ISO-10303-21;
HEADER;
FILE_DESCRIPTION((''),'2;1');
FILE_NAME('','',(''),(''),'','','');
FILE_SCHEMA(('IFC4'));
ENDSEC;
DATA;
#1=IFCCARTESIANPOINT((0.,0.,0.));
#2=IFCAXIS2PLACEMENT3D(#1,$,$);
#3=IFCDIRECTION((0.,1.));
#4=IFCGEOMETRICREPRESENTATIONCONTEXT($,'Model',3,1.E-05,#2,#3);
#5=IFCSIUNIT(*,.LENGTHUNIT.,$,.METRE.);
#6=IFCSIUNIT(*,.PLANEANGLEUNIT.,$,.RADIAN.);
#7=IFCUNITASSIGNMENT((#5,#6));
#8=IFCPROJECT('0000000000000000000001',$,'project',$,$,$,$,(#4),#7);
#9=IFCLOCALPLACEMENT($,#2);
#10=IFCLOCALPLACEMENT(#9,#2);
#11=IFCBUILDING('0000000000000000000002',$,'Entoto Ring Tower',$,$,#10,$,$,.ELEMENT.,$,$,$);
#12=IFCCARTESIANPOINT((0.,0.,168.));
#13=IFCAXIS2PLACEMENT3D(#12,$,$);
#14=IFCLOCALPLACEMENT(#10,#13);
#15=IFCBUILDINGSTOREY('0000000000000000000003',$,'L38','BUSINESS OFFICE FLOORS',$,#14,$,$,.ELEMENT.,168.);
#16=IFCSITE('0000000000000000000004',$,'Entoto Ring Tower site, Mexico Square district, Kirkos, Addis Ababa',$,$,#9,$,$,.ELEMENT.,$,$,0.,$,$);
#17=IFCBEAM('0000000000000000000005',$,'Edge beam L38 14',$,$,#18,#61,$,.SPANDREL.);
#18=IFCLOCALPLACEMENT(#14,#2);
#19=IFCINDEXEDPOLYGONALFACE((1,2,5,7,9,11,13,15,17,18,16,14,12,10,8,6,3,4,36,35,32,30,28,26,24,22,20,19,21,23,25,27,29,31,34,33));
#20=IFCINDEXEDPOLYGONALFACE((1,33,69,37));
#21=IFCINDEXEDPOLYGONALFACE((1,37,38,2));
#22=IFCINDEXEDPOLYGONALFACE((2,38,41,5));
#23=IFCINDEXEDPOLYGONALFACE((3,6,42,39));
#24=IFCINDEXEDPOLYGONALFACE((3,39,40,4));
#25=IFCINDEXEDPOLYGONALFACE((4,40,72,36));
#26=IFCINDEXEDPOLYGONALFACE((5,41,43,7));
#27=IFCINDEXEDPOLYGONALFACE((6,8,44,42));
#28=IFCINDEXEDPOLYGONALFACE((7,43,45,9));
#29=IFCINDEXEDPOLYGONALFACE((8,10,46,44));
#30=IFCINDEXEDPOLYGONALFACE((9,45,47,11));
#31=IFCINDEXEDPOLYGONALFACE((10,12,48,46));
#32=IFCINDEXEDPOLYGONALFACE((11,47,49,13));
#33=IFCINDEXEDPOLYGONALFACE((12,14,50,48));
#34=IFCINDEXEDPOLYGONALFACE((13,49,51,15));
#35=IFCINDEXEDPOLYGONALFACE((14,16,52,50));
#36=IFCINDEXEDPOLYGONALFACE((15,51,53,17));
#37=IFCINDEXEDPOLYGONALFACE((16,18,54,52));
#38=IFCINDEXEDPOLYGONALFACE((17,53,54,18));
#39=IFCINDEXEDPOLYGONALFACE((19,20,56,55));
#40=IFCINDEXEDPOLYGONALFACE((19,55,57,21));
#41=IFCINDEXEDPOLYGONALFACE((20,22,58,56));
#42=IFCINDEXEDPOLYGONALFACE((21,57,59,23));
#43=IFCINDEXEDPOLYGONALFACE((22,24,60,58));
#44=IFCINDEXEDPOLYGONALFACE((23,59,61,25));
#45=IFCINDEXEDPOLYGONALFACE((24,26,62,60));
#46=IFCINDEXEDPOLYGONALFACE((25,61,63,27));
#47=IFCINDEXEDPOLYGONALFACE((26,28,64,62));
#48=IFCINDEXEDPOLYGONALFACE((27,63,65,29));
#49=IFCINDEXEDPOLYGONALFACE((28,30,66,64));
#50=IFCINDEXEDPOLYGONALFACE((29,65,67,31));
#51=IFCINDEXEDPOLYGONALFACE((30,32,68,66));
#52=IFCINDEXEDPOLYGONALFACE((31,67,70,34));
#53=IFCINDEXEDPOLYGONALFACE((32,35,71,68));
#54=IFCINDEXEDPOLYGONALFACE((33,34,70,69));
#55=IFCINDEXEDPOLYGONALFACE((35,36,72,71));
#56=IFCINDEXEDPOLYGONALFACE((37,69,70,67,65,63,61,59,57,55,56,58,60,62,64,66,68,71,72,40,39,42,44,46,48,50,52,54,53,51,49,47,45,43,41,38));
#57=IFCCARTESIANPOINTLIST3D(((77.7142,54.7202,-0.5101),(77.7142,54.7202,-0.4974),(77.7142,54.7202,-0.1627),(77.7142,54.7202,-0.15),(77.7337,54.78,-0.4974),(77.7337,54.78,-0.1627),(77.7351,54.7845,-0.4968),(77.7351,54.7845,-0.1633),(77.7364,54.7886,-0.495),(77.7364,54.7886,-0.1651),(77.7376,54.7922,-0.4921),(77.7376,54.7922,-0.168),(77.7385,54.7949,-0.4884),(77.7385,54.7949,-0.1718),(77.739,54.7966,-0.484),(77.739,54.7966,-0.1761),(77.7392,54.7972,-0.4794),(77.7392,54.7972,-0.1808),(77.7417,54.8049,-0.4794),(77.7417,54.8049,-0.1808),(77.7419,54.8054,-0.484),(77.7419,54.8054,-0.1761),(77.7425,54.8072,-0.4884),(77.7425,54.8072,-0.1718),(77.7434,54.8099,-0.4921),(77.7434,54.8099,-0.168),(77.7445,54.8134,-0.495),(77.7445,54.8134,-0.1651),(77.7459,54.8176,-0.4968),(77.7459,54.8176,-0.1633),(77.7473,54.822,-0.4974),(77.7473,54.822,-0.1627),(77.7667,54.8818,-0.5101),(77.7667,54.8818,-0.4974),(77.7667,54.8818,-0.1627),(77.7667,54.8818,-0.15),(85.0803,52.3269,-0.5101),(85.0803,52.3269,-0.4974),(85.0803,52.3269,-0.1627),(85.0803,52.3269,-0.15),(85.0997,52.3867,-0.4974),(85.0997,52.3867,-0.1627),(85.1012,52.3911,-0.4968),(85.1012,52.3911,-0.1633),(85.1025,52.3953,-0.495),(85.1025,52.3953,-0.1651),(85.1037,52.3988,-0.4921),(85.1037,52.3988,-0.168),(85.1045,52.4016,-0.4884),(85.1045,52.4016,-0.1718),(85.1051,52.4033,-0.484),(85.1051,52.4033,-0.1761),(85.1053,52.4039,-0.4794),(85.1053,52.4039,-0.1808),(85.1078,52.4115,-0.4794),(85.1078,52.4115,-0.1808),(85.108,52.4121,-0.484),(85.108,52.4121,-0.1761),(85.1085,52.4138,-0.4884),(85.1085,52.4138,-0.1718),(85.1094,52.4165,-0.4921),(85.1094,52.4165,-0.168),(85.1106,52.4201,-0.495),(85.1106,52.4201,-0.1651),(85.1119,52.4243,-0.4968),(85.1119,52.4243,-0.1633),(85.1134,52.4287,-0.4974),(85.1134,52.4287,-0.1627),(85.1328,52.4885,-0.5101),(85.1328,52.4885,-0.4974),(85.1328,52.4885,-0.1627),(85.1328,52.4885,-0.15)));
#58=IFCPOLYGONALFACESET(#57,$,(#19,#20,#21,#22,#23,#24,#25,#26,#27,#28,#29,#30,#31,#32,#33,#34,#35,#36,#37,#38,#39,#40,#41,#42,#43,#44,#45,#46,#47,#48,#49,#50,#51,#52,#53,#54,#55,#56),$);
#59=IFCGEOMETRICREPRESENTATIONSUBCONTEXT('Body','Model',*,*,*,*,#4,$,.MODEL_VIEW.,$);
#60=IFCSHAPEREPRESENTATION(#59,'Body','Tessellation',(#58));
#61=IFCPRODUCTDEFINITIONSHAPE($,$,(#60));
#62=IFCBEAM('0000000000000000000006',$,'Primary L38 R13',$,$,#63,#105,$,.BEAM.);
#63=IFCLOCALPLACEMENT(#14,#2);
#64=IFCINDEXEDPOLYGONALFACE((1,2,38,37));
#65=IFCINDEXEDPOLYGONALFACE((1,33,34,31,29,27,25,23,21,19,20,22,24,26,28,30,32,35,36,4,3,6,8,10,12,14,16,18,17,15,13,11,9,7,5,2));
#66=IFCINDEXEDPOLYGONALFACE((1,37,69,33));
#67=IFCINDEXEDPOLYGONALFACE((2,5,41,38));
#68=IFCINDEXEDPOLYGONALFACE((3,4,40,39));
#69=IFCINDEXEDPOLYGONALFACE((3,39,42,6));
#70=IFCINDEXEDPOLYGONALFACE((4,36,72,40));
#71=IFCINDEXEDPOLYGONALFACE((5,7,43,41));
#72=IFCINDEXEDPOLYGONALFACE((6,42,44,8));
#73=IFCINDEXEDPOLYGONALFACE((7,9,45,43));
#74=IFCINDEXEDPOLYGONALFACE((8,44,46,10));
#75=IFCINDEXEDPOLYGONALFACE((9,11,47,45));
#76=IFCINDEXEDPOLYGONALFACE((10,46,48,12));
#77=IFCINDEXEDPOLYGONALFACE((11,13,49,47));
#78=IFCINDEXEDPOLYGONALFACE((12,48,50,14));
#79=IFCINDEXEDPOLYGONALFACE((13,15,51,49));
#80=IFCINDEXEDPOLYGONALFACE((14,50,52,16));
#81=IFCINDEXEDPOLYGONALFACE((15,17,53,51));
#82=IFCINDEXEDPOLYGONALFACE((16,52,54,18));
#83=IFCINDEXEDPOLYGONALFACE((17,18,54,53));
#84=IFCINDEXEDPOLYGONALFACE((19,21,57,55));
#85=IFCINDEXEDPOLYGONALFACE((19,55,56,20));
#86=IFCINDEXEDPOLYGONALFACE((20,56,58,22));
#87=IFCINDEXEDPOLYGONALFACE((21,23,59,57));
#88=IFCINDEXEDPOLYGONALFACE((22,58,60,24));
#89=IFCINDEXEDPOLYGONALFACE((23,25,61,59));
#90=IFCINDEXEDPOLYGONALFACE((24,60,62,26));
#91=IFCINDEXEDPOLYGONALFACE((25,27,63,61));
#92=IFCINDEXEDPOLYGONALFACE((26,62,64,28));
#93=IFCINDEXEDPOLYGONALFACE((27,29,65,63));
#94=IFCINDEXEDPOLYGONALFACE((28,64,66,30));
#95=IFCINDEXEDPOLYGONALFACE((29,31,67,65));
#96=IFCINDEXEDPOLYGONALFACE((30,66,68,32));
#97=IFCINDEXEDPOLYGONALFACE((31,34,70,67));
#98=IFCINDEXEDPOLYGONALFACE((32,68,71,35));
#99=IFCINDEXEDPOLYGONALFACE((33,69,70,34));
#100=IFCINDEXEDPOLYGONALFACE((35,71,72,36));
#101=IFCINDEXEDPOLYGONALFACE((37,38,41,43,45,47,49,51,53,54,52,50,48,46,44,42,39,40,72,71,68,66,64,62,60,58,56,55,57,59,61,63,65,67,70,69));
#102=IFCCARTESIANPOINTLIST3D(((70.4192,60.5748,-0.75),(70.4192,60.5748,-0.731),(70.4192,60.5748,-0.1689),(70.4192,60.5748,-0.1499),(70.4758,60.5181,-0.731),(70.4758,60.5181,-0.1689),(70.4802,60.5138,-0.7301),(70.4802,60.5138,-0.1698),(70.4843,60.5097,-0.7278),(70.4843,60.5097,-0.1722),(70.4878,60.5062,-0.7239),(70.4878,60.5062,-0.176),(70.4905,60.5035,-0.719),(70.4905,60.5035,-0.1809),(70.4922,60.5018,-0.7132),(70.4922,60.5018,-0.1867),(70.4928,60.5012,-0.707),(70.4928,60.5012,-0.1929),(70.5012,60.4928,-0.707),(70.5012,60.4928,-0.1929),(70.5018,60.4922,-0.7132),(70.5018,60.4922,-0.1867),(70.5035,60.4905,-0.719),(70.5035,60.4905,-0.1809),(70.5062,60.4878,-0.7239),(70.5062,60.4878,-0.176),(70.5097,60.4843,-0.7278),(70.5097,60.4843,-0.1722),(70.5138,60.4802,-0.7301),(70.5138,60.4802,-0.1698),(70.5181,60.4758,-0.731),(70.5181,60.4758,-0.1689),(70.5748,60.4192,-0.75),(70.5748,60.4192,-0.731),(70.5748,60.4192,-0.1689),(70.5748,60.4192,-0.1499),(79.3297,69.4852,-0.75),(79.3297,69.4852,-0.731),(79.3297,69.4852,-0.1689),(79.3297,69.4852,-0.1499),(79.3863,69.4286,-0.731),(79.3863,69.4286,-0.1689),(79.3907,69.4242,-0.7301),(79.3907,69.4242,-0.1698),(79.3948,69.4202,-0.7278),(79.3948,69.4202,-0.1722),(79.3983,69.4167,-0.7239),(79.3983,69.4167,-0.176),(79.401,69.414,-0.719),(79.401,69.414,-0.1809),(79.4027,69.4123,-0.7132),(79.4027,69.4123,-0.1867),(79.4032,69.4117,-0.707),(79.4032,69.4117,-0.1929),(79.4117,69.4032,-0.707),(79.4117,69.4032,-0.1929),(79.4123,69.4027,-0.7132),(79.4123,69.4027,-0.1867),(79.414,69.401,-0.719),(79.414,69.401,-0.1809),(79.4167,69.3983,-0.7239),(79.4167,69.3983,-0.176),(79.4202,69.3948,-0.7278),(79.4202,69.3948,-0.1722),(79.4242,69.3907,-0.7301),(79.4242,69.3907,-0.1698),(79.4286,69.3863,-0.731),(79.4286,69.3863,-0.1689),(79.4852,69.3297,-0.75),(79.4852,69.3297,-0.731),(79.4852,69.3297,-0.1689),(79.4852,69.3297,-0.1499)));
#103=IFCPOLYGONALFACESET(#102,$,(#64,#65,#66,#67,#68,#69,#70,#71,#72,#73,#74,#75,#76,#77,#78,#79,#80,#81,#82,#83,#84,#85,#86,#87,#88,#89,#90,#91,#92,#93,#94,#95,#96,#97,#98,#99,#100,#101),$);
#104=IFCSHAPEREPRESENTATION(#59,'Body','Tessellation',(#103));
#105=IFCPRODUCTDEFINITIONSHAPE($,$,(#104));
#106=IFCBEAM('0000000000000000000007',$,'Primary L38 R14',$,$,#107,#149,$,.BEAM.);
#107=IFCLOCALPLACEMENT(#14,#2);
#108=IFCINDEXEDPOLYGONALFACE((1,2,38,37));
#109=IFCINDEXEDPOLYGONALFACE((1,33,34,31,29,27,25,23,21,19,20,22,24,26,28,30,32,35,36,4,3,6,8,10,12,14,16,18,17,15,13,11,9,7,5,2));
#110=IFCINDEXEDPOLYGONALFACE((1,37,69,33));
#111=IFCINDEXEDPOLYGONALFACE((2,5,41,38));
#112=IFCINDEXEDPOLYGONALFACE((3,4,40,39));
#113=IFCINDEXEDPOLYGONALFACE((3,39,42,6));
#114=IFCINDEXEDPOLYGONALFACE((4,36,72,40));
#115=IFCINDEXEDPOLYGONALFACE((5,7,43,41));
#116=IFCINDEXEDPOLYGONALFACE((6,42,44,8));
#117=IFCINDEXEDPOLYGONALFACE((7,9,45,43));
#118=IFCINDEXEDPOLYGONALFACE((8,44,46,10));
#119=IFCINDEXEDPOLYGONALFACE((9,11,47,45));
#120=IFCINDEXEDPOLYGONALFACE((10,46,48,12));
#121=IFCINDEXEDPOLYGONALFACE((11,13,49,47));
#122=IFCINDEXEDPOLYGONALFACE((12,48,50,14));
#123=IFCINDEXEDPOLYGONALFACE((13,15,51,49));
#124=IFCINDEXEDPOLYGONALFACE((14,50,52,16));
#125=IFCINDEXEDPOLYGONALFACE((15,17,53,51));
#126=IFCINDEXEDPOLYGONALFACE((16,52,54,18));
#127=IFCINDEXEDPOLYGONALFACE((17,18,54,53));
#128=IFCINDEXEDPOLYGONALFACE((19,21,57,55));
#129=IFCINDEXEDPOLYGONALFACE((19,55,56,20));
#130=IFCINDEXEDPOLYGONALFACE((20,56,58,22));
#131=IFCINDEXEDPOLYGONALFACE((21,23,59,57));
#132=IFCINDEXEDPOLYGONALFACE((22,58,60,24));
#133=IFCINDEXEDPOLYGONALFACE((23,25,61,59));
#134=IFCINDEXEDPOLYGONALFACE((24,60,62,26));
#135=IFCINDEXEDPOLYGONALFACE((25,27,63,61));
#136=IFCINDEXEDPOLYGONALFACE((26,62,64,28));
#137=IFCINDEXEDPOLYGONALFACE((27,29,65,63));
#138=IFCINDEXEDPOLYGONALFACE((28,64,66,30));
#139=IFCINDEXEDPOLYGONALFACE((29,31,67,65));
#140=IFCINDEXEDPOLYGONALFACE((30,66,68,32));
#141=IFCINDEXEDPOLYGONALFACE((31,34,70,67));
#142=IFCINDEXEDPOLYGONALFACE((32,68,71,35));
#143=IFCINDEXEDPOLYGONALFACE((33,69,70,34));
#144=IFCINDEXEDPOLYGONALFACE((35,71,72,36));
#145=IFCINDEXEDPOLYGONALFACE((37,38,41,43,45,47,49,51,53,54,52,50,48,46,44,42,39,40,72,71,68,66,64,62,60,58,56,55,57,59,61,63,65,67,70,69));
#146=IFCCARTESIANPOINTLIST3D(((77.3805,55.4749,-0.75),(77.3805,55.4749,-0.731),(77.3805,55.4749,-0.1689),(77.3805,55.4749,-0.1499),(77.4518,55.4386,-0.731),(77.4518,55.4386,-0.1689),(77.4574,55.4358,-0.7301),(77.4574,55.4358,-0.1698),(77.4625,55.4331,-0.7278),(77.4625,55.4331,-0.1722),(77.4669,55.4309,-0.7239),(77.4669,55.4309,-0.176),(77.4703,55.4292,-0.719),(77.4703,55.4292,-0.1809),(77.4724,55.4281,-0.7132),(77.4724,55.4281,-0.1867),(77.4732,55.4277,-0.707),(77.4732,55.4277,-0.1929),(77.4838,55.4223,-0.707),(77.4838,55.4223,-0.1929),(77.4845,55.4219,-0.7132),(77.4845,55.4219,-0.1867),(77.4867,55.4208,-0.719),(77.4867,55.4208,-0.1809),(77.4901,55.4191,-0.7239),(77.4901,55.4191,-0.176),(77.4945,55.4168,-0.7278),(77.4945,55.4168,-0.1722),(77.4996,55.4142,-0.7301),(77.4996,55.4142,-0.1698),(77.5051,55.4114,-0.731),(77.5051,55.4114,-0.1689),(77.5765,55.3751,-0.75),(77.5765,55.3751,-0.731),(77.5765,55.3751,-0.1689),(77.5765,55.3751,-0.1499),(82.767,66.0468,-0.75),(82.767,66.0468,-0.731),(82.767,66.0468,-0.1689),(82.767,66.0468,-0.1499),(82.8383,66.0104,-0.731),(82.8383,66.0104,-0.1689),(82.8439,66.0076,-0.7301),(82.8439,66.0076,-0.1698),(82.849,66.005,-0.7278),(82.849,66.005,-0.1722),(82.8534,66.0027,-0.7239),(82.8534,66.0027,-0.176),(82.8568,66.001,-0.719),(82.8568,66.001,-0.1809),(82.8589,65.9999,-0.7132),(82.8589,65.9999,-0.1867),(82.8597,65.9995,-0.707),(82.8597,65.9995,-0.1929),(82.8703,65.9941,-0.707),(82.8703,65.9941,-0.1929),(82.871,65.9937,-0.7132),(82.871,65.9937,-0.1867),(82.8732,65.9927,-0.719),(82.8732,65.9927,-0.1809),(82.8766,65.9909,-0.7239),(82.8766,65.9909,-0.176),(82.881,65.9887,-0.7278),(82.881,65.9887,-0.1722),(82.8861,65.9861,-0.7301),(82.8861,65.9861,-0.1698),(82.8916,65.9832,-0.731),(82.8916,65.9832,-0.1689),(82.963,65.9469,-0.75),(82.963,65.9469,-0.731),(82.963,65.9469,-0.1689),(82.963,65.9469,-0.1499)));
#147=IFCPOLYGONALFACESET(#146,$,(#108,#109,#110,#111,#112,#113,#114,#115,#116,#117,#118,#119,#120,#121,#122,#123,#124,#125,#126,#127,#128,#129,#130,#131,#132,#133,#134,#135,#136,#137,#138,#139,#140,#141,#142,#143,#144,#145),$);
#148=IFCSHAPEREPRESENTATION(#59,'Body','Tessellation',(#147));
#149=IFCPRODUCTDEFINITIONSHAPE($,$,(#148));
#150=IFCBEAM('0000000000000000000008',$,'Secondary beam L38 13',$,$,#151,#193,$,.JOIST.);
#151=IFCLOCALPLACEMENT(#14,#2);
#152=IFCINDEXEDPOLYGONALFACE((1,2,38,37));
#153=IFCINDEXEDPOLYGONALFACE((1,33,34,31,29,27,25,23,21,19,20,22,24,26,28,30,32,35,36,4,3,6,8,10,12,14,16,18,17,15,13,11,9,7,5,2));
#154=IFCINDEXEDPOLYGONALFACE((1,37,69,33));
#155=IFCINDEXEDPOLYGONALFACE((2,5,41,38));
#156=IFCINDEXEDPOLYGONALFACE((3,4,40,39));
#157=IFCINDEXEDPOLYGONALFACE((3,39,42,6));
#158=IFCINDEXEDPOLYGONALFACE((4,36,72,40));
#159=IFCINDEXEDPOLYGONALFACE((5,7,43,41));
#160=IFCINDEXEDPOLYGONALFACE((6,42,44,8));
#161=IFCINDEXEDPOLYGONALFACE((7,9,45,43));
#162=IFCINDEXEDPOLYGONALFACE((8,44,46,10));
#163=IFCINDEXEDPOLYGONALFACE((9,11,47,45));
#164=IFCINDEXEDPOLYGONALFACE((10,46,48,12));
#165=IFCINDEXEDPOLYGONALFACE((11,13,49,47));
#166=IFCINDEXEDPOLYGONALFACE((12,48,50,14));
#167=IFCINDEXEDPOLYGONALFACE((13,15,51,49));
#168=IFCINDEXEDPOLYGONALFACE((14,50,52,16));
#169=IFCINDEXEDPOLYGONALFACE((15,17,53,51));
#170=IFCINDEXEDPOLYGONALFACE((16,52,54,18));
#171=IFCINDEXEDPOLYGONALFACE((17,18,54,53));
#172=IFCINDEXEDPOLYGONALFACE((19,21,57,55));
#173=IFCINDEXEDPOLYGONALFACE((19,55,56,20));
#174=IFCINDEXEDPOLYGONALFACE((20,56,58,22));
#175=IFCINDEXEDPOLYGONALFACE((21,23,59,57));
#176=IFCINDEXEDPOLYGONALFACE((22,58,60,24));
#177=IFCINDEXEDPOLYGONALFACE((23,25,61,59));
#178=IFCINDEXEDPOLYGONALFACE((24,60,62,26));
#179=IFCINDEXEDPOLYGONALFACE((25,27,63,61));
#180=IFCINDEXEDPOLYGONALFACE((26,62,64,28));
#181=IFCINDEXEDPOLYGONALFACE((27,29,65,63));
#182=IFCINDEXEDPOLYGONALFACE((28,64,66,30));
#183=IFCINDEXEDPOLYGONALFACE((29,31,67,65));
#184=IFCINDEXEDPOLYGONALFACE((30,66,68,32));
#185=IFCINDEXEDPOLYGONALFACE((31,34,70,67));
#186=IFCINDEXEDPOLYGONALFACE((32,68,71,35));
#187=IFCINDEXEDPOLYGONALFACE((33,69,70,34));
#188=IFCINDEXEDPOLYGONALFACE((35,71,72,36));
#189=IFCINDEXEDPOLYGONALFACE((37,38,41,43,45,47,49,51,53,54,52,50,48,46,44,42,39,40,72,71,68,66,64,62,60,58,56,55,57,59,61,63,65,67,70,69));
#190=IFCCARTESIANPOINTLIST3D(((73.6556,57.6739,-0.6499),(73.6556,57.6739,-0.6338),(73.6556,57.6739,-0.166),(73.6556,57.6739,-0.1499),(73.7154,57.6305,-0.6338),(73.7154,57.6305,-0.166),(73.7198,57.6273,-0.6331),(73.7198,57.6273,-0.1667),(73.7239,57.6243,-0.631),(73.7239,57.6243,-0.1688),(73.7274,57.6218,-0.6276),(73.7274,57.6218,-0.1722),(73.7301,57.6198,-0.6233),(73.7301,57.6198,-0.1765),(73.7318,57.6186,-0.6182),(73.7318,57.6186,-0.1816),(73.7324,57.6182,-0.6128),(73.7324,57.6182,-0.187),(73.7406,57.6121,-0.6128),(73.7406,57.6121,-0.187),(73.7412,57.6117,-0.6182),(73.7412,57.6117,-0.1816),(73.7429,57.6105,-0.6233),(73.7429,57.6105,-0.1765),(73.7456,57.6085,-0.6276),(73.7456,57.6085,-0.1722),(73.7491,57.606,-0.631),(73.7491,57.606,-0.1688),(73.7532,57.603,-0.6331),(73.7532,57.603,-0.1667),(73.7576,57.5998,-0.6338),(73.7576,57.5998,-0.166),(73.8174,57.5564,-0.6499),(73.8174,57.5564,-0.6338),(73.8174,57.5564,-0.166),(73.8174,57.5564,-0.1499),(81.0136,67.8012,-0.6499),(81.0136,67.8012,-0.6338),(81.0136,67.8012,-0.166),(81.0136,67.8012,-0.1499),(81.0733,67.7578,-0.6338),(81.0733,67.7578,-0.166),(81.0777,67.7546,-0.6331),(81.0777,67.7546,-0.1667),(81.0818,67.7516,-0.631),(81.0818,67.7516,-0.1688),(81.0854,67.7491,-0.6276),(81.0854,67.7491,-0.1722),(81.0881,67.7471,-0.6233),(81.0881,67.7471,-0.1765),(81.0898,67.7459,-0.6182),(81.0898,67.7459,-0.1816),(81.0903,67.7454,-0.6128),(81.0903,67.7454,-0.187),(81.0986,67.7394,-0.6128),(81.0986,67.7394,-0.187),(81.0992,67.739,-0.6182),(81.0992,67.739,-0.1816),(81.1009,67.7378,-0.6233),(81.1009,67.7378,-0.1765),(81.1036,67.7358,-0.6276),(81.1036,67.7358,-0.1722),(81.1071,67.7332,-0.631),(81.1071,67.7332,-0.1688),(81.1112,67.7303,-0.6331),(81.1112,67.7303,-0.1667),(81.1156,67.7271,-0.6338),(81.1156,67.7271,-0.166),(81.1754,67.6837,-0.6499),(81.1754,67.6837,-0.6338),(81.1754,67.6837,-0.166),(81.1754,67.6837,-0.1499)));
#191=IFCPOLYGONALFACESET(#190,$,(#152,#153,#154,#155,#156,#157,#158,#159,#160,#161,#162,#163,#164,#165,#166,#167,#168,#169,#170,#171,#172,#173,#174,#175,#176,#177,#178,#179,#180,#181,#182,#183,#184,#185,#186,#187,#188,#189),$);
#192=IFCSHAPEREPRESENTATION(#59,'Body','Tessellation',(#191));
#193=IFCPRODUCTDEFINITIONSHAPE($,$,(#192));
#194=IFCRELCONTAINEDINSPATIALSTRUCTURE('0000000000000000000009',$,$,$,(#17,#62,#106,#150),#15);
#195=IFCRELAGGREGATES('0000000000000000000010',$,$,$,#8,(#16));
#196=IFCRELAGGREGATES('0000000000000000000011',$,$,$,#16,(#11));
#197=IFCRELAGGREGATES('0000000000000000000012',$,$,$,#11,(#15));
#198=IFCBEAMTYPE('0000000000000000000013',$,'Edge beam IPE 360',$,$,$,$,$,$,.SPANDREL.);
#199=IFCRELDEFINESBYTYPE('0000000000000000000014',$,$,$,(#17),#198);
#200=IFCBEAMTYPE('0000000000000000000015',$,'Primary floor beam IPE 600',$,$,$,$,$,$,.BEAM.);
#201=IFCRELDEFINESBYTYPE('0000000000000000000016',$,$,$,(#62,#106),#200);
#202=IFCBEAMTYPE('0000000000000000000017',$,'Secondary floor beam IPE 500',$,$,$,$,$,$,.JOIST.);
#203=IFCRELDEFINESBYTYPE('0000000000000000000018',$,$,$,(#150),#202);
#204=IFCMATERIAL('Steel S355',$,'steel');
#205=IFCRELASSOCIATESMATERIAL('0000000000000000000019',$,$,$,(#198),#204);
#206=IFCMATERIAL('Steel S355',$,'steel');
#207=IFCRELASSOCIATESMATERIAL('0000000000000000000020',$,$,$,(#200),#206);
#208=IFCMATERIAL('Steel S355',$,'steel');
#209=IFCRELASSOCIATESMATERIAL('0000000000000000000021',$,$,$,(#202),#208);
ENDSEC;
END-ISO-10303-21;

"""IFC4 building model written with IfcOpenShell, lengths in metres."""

from ifc_helpers import new_model, si_unit, direction, frame, origin, origin_2d, place, context, subcontext, project, spatial, i_section, extrude, material, material_profile, profile_set, type_object, element, save


model = new_model("IFC4")

# Units and contexts
model_context = context("Model", 3, precision=1e-05, world=origin(), true_north=direction((0.0, 1.0)))
body_context = subcontext(model_context, "Body", "Model", "MODEL_VIEW")
ifc_project = project(units=[si_unit("LENGTHUNIT", "METRE"), si_unit("PLANEANGLEUNIT", "RADIAN")], contexts=[model_context])

# Site, building, storey
site_placement = place(None, origin())
site = spatial("IfcSite", under=ifc_project, at=site_placement, Name="Entoto Ring Tower site, Mexico Square district, Kirkos, Addis Ababa", CompositionType="ELEMENT", RefElevation=0.0)
building_placement = place(site_placement, origin())
building = spatial("IfcBuilding", under=site, at=building_placement, Name="Entoto Ring Tower", CompositionType="ELEMENT")
storey_placement = place(building_placement, frame((0.0, 0.0, 168.0)))
storey = spatial("IfcBuildingStorey", under=building, at=storey_placement, Name="L38", Description="BUSINESS OFFICE FLOORS", CompositionType="ELEMENT", Elevation=168.0)

# Beams
ifc_material_1 = material(Name="Steel S355", Category="steel")
ifc_material_profile_1 = material_profile(ifc_material_1, i_section(OverallWidth=0.1699, OverallDepth=0.3601, WebThickness=0.0081, FlangeThickness=0.0127, FilletRadius=0.0181, at=origin_2d()), Name="IPE 360")
ifc_profile_set_1 = profile_set([ifc_material_profile_1], Name="Steel S355")
beam_type_1 = type_object("IfcBeamType", Name="Edge beam IPE 360", PredefinedType="SPANDREL", material=ifc_profile_set_1)
for number, where, z_axis, x_axis, name in (
    (1, (77.7405, 54.801, -0.3301), (0.951058, -0.309013, 0.0), (0.309013, 0.951058, 0.0), "Edge beam L38 14"),
):
    element("IfcBeam", number, at=place(storey_placement, frame(where, z_axis=z_axis, x_axis=x_axis)), inside=storey, type_object=beam_type_1, Name=name, PredefinedType="SPANDREL", context=body_context, shape_type="SweptSolid", body=[
        extrude(i_section(OverallWidth=0.1699, OverallDepth=0.3601, WebThickness=0.0081, FlangeThickness=0.0127, FilletRadius=0.0181, at=origin_2d()), origin(), (0.0, 0.0, 1.0), 7.7451),
    ])
ifc_material_2 = material(Name="Steel S355", Category="steel")
ifc_material_profile_2 = material_profile(ifc_material_2, i_section(OverallWidth=0.22, OverallDepth=0.6001, WebThickness=0.012, FlangeThickness=0.019, FilletRadius=0.0239, at=origin_2d()), Name="IPE 600")
ifc_profile_set_2 = profile_set([ifc_material_profile_2], Name="Steel S355")
beam_type_2 = type_object("IfcBeamType", Name="Primary floor beam IPE 600", PredefinedType="BEAM", material=ifc_profile_set_2)
beam_1_placement = place(storey_placement, frame((79.4075, 69.4075, -0.45), z_axis=(-0.707107, -0.707107, 0.0), x_axis=(0.707107, -0.707107, 0.0)))
element("IfcBeam", 2, at=beam_1_placement, inside=storey, type_object=beam_type_2, Name="Primary L38 R13", PredefinedType="BEAM", context=body_context, shape_type="SweptSolid", body=[
    extrude(i_section(OverallWidth=0.22, OverallDepth=0.6001, WebThickness=0.012, FlangeThickness=0.019, FilletRadius=0.0239, at=origin_2d()), origin(), (0.0, 0.0, 1.0), 12.6013),
])
beam_2_placement = place(storey_placement, frame((82.865, 65.9968, -0.45), z_axis=(-0.453983, -0.89101, 0.0), x_axis=(0.89101, -0.453983, 0.0)))
element("IfcBeam", 3, at=beam_2_placement, inside=storey, type_object=beam_type_2, Name="Primary L38 R14", PredefinedType="BEAM", context=body_context, shape_type="SweptSolid", body=[
    extrude(i_section(OverallWidth=0.22, OverallDepth=0.6001, WebThickness=0.012, FlangeThickness=0.019, FilletRadius=0.0239, at=origin_2d()), origin(), (0.0, 0.0, 1.0), 11.865),
])
ifc_material_3 = material(Name="Steel S355", Category="steel")
ifc_material_profile_3 = material_profile(ifc_material_3, i_section(OverallWidth=0.2, OverallDepth=0.5, WebThickness=0.0103, FlangeThickness=0.0161, FilletRadius=0.021, at=origin_2d()), Name="IPE 500")
ifc_profile_set_3 = profile_set([ifc_material_profile_3], Name="Steel S355")
beam_type_3 = type_object("IfcBeamType", Name="Secondary floor beam IPE 500", PredefinedType="JOIST", material=ifc_profile_set_3)
beam_3_placement = place(storey_placement, frame((81.0945, 67.7424, -0.3999), z_axis=(-0.587789, -0.809014, 0.0), x_axis=(0.809014, -0.587789, 0.0)))
element("IfcBeam", 4, at=beam_3_placement, inside=storey, type_object=beam_type_3, Name="Secondary beam L38 13", PredefinedType="JOIST", context=body_context, shape_type="SweptSolid", body=[
    extrude(i_section(OverallWidth=0.2, OverallDepth=0.5, WebThickness=0.0103, FlangeThickness=0.0161, FilletRadius=0.021, at=origin_2d()), origin(), (0.0, 0.0, 1.0), 12.5181),
])

save(model, "model.ifc")
